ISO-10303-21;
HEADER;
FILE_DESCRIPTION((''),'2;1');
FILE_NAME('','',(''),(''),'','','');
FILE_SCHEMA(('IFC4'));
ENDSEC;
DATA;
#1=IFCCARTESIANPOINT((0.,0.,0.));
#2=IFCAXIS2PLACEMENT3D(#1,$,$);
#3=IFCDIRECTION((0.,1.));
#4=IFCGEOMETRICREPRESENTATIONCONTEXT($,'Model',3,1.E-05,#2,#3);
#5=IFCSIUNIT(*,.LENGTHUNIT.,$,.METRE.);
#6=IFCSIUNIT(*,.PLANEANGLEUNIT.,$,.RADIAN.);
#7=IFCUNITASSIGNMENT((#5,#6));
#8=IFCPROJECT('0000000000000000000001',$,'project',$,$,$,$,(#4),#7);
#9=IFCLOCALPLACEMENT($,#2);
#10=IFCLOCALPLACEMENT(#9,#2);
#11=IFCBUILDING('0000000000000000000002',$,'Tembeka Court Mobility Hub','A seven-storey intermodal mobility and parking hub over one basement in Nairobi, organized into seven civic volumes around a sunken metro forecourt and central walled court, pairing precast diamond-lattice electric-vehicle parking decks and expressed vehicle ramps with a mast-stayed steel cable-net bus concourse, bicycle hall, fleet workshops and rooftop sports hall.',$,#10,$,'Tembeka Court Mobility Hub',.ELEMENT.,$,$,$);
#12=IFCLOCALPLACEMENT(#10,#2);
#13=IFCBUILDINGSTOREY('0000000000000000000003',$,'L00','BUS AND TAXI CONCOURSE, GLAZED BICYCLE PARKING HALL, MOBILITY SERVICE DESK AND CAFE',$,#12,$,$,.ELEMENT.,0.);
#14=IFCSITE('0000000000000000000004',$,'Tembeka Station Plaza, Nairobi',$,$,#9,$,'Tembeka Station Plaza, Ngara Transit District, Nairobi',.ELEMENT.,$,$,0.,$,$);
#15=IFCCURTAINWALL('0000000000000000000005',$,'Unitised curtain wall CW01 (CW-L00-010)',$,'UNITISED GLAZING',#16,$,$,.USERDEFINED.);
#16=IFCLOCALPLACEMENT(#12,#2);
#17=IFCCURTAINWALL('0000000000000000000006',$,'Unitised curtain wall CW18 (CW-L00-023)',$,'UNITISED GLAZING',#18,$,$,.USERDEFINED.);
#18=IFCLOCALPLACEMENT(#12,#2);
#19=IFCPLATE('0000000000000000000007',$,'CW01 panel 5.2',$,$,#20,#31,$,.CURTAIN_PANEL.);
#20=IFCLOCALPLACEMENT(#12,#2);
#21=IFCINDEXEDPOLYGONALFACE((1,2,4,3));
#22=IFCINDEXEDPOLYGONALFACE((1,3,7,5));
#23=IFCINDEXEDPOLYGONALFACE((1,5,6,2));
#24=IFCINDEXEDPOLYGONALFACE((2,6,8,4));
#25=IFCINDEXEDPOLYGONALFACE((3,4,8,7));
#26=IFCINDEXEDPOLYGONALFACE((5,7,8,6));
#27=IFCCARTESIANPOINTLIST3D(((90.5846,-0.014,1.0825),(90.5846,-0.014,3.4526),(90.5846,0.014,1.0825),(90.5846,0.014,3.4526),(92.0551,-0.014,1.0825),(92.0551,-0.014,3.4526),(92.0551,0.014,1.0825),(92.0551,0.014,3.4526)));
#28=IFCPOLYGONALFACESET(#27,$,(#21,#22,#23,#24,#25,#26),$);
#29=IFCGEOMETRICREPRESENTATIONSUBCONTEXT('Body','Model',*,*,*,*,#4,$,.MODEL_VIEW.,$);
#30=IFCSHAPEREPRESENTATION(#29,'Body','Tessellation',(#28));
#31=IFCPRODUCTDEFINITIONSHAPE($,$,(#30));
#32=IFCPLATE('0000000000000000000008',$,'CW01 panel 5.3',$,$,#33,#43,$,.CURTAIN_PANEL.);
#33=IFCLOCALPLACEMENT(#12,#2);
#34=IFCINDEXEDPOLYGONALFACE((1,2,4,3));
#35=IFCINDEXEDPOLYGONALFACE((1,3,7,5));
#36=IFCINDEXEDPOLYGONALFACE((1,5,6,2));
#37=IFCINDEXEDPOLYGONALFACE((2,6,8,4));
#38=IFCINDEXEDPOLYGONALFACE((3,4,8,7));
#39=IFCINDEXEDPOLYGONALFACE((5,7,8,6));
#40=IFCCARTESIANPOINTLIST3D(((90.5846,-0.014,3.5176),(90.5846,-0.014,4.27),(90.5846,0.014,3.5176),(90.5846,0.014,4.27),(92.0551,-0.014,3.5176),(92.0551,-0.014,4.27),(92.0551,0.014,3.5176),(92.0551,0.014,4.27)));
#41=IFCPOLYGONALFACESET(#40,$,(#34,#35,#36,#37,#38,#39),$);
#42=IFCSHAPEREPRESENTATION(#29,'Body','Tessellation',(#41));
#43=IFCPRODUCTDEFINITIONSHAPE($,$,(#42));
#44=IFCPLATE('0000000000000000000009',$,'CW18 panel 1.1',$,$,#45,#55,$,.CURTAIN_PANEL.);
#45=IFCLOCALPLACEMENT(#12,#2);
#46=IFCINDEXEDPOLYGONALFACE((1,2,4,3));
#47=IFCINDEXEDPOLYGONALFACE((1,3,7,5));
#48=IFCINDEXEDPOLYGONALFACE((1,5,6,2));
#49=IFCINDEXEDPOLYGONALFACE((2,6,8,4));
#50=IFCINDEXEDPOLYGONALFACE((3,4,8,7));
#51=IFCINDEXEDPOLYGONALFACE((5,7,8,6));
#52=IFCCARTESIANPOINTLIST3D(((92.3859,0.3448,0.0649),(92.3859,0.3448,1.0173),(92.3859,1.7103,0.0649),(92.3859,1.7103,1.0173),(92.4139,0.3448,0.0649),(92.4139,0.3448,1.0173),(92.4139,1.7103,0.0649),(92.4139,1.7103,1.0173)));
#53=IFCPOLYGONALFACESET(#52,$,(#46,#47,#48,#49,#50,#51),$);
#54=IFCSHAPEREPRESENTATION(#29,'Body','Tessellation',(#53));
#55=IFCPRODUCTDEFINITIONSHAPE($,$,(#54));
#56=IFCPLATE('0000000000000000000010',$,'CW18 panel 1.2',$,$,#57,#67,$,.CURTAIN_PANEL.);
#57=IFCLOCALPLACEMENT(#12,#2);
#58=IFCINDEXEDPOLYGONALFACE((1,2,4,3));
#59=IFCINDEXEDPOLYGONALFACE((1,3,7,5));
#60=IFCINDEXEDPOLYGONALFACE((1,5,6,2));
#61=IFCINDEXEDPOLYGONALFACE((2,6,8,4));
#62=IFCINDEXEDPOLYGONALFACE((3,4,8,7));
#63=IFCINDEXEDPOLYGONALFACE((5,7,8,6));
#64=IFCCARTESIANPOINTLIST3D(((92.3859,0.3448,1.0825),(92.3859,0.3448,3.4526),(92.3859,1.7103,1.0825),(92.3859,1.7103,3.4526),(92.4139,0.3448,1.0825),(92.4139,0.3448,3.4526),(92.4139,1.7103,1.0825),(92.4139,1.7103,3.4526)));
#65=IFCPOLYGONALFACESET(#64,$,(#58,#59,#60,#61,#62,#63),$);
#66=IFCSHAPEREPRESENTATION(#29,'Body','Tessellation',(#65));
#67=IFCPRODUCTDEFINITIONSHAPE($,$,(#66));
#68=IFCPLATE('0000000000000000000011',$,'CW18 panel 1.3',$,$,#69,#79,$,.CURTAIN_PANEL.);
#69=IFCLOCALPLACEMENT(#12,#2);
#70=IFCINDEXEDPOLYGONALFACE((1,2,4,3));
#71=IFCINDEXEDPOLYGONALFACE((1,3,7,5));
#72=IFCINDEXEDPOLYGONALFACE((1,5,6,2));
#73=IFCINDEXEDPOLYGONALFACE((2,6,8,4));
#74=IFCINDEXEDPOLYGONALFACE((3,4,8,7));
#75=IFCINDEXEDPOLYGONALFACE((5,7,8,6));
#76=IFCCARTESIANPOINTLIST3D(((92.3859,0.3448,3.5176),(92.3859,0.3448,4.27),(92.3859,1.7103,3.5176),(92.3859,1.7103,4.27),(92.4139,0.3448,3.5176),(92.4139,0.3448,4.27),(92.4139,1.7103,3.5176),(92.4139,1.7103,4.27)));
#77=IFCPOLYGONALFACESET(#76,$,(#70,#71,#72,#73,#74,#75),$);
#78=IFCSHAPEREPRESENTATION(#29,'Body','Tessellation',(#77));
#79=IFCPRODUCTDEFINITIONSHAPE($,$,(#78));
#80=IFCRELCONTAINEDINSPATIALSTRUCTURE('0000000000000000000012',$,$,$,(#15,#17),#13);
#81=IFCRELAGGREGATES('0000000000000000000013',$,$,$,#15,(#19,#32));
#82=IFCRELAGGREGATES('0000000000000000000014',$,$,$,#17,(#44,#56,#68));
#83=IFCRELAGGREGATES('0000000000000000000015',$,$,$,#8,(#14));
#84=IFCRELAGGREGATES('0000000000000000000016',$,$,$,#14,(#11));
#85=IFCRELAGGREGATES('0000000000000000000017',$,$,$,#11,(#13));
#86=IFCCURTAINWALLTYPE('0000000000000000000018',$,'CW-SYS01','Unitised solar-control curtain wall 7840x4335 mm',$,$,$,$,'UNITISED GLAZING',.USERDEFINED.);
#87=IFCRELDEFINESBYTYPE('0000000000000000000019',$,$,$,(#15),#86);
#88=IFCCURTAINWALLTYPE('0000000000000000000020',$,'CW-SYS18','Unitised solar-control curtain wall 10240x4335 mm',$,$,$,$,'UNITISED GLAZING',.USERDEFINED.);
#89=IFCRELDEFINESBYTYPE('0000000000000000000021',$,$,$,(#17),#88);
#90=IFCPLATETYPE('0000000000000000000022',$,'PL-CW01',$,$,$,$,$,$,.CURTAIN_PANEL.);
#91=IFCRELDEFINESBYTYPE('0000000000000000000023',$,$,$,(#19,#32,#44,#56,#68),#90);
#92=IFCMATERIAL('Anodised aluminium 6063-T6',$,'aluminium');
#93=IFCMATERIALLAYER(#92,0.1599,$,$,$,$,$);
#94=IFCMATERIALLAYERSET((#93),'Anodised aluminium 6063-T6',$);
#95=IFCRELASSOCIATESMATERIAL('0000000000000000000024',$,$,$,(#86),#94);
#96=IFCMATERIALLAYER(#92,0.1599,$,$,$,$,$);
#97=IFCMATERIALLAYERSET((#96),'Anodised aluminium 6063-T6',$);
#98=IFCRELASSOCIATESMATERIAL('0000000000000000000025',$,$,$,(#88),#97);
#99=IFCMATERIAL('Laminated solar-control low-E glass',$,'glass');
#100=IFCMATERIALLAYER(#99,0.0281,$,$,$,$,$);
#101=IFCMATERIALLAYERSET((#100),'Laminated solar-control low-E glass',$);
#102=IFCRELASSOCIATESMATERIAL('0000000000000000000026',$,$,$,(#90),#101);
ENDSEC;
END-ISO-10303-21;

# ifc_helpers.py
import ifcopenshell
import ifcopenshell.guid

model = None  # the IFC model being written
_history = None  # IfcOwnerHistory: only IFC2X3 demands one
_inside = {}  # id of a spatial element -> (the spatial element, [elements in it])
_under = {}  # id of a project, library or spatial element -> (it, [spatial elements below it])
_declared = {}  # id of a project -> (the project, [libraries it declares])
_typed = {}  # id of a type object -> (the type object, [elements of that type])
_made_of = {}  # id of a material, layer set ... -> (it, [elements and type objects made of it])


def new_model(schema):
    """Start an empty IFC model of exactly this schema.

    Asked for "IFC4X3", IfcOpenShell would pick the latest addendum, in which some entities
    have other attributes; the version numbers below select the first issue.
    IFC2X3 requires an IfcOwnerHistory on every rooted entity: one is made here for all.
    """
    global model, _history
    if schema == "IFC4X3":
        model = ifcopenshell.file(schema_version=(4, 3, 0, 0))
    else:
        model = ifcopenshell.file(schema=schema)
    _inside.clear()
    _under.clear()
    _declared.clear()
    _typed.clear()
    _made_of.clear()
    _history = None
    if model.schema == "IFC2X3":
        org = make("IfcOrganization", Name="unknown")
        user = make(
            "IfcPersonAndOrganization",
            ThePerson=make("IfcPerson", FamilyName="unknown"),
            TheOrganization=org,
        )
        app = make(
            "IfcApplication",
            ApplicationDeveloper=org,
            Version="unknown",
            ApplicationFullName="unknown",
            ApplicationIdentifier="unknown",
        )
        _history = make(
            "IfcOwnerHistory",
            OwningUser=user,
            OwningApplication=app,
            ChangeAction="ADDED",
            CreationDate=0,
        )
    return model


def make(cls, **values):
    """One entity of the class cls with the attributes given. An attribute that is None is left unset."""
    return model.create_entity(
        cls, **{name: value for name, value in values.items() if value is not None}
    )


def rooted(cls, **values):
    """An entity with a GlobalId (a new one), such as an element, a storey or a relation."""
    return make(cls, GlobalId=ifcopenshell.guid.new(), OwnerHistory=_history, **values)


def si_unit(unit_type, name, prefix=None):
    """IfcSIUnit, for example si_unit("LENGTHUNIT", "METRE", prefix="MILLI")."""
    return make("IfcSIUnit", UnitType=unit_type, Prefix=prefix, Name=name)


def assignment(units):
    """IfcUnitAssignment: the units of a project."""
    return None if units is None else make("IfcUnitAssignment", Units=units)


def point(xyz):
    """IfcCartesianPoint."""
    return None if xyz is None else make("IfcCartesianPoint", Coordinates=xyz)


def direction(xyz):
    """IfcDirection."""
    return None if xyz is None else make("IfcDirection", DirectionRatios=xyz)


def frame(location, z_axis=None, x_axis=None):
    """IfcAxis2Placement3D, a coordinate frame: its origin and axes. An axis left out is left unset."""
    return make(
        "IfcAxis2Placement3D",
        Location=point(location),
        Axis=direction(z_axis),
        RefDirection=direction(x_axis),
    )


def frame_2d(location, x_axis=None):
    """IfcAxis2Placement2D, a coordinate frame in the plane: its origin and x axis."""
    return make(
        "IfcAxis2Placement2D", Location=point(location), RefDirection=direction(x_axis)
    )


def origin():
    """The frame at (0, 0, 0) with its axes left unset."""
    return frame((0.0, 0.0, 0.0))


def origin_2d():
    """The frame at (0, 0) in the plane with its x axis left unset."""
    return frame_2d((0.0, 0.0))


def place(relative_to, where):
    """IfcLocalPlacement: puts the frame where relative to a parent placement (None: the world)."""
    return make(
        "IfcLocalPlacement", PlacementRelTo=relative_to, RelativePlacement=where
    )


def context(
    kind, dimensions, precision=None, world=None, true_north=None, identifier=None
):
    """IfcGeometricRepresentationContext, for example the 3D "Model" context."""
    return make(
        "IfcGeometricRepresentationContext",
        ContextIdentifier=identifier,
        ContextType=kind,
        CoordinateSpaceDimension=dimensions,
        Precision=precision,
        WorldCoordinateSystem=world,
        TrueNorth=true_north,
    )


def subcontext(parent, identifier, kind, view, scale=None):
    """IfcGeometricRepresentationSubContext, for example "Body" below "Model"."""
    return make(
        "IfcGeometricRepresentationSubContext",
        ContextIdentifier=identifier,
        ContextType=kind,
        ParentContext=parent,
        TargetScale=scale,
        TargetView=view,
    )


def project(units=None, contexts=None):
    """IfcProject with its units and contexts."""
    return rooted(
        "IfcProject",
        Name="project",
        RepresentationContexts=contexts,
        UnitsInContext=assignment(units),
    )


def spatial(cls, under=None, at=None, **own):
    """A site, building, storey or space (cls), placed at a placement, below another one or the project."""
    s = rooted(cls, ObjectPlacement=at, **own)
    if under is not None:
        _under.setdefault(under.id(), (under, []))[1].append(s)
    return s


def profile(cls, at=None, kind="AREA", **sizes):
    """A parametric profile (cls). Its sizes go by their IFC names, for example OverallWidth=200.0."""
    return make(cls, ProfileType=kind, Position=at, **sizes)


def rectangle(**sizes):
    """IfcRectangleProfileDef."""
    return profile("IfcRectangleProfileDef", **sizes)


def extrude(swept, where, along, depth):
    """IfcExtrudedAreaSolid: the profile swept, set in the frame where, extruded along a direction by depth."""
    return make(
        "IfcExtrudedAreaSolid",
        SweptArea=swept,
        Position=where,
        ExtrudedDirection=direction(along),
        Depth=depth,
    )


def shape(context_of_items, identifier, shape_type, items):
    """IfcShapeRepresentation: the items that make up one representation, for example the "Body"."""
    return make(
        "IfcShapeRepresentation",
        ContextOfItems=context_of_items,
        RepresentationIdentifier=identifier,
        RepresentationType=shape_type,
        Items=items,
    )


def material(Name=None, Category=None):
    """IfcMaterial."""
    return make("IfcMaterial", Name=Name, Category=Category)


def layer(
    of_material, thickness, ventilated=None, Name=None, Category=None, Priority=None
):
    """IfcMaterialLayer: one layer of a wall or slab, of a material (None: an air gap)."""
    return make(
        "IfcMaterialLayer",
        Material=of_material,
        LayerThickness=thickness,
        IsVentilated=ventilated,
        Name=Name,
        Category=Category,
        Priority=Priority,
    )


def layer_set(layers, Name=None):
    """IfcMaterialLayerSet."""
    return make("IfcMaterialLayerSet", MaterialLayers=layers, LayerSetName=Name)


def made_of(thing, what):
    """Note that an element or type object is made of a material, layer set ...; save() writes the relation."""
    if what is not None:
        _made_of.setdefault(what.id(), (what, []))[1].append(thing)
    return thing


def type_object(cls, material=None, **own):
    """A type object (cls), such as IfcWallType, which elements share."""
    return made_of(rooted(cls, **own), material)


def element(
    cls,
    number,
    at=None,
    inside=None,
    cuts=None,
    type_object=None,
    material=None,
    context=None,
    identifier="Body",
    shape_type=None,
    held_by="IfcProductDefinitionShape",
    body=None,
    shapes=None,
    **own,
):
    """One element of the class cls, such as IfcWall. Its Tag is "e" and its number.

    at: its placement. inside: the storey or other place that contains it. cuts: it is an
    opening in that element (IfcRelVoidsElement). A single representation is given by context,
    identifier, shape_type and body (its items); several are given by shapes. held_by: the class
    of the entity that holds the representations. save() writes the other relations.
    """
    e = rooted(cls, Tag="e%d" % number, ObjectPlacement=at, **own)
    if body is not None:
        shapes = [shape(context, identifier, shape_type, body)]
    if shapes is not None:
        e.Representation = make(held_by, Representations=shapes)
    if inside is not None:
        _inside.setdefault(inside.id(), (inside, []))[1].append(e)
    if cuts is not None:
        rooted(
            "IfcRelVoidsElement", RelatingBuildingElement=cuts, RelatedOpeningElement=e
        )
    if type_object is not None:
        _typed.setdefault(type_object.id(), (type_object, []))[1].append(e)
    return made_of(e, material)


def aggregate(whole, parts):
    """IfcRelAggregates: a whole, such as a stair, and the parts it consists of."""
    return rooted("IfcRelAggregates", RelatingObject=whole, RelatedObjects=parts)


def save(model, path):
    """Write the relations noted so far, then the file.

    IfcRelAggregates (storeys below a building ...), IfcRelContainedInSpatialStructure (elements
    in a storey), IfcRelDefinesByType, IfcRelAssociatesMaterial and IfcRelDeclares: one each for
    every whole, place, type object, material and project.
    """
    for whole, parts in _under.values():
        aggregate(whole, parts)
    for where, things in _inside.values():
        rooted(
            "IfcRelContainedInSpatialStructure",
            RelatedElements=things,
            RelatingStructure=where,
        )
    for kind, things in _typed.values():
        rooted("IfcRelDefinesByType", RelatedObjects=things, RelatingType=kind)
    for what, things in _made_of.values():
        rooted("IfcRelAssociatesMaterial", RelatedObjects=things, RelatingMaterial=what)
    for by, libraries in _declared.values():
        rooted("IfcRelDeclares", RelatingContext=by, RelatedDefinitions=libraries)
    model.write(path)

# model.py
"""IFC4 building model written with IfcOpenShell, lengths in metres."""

from ifc_helpers import new_model, si_unit, direction, frame, origin, origin_2d, place, context, subcontext, project, spatial, rectangle, extrude, material, layer, layer_set, type_object, element, aggregate, save


model = new_model("IFC4")

# Units and contexts
model_context = context("Model", 3, precision=1e-05, world=origin(), true_north=direction((0.0, 1.0)))
body_context = subcontext(model_context, "Body", "Model", "MODEL_VIEW")
ifc_project = project(units=[si_unit("LENGTHUNIT", "METRE"), si_unit("PLANEANGLEUNIT", "RADIAN")], contexts=[model_context])

# Site, building, storey
site_placement = place(None, origin())
site = spatial("IfcSite", under=ifc_project, at=site_placement, Name="Tembeka Station Plaza, Nairobi", LongName="Tembeka Station Plaza, Ngara Transit District, Nairobi", CompositionType="ELEMENT", RefElevation=0.0)
building_placement = place(site_placement, origin())
building = spatial("IfcBuilding", under=site, at=building_placement, Name="Tembeka Court Mobility Hub", Description="A seven-storey intermodal mobility and parking hub over one basement in Nairobi, organized into seven civic volumes around a sunken metro forecourt and central walled court, pairing precast diamond-lattice electric-vehicle parking decks and expressed vehicle ramps with a mast-stayed steel cable-net bus concourse, bicycle hall, fleet workshops and rooftop sports hall.", LongName="Tembeka Court Mobility Hub", CompositionType="ELEMENT")
storey_placement = place(building_placement, origin())
storey = spatial("IfcBuildingStorey", under=building, at=storey_placement, Name="L00", Description="BUS AND TAXI CONCOURSE, GLAZED BICYCLE PARKING HALL, MOBILITY SERVICE DESK AND CAFE", CompositionType="ELEMENT", Elevation=0.0)

# Curtain walls
ifc_material_1 = material(Name="Anodised aluminium 6063-T6", Category="aluminium")
ifc_layer_1 = layer(ifc_material_1, 0.1599)
ifc_layer_set_1 = layer_set([ifc_layer_1], Name="Anodised aluminium 6063-T6")
curtain_wall_type_1 = type_object("IfcCurtainWallType", Name="CW-SYS01", Description="Unitised solar-control curtain wall 7840x4335 mm", ElementType="UNITISED GLAZING", PredefinedType="USERDEFINED", material=ifc_layer_set_1)
curtain_wall_1_placement = place(storey_placement, origin())
curtain_wall_1 = element("IfcCurtainWall", 1, at=curtain_wall_1_placement, inside=storey, type_object=curtain_wall_type_1, Name="Unitised curtain wall CW01 (CW-L00-010)", ObjectType="UNITISED GLAZING", PredefinedType="USERDEFINED")
ifc_layer_2 = layer(ifc_material_1, 0.1599)
ifc_layer_set_2 = layer_set([ifc_layer_2], Name="Anodised aluminium 6063-T6")
curtain_wall_type_2 = type_object("IfcCurtainWallType", Name="CW-SYS18", Description="Unitised solar-control curtain wall 10240x4335 mm", ElementType="UNITISED GLAZING", PredefinedType="USERDEFINED", material=ifc_layer_set_2)
curtain_wall_2_placement = place(storey_placement, origin())
curtain_wall_2 = element("IfcCurtainWall", 2, at=curtain_wall_2_placement, inside=storey, type_object=curtain_wall_type_2, Name="Unitised curtain wall CW18 (CW-L00-023)", ObjectType="UNITISED GLAZING", PredefinedType="USERDEFINED")

# Plates
ifc_material_2 = material(Name="Laminated solar-control low-E glass", Category="glass")
ifc_layer_3 = layer(ifc_material_2, 0.0281)
ifc_layer_set_3 = layer_set([ifc_layer_3], Name="Laminated solar-control low-E glass")
plate_type = type_object("IfcPlateType", Name="PL-CW01", PredefinedType="CURTAIN_PANEL", material=ifc_layer_set_3)
plate_1_placement = place(storey_placement, frame((91.3198, 0.0, 1.0825), z_axis=(0.0, 0.0, 1.0), x_axis=(1.0, 0.0, 0.0)))
plate_1 = element("IfcPlate", 3, at=plate_1_placement, type_object=plate_type, Name="CW01 panel 5.2", PredefinedType="CURTAIN_PANEL", context=body_context, shape_type="SweptSolid", body=[
    extrude(rectangle(XDim=1.4705, YDim=0.0281, at=origin_2d()), origin(), (0.0, 0.0, 1.0), 2.3701),
])
plate_2_placement = place(storey_placement, frame((91.3198, 0.0, 3.5176), z_axis=(0.0, 0.0, 1.0), x_axis=(1.0, 0.0, 0.0)))
plate_2 = element("IfcPlate", 4, at=plate_2_placement, type_object=plate_type, Name="CW01 panel 5.3", PredefinedType="CURTAIN_PANEL", context=body_context, shape_type="SweptSolid", body=[
    extrude(rectangle(XDim=1.4705, YDim=0.0281, at=origin_2d()), origin(), (0.0, 0.0, 1.0), 0.7524),
])
aggregate(curtain_wall_1, [plate_1, plate_2])
plate_3_placement = place(storey_placement, frame((92.3999, 1.0276, 0.0649), z_axis=(0.0, 0.0, 1.0), x_axis=(0.0, 1.0, 0.0)))
plate_3 = element("IfcPlate", 5, at=plate_3_placement, type_object=plate_type, Name="CW18 panel 1.1", PredefinedType="CURTAIN_PANEL", context=body_context, shape_type="SweptSolid", body=[
    extrude(rectangle(XDim=1.3655, YDim=0.0281, at=origin_2d()), origin(), (0.0, 0.0, 1.0), 0.9524),
])
plate_4_placement = place(storey_placement, frame((92.3999, 1.0276, 1.0825), z_axis=(0.0, 0.0, 1.0), x_axis=(0.0, 1.0, 0.0)))
plate_4 = element("IfcPlate", 6, at=plate_4_placement, type_object=plate_type, Name="CW18 panel 1.2", PredefinedType="CURTAIN_PANEL", context=body_context, shape_type="SweptSolid", body=[
    extrude(rectangle(XDim=1.3655, YDim=0.0281, at=origin_2d()), origin(), (0.0, 0.0, 1.0), 2.3701),
])
plate_5_placement = place(storey_placement, frame((92.3999, 1.0276, 3.5176), z_axis=(0.0, 0.0, 1.0), x_axis=(0.0, 1.0, 0.0)))
plate_5 = element("IfcPlate", 7, at=plate_5_placement, type_object=plate_type, Name="CW18 panel 1.3", PredefinedType="CURTAIN_PANEL", context=body_context, shape_type="SweptSolid", body=[
    extrude(rectangle(XDim=1.3655, YDim=0.0281, at=origin_2d()), origin(), (0.0, 0.0, 1.0), 0.7524),
])
aggregate(curtain_wall_2, [plate_3, plate_4, plate_5])

save(model, "model.ifc")
